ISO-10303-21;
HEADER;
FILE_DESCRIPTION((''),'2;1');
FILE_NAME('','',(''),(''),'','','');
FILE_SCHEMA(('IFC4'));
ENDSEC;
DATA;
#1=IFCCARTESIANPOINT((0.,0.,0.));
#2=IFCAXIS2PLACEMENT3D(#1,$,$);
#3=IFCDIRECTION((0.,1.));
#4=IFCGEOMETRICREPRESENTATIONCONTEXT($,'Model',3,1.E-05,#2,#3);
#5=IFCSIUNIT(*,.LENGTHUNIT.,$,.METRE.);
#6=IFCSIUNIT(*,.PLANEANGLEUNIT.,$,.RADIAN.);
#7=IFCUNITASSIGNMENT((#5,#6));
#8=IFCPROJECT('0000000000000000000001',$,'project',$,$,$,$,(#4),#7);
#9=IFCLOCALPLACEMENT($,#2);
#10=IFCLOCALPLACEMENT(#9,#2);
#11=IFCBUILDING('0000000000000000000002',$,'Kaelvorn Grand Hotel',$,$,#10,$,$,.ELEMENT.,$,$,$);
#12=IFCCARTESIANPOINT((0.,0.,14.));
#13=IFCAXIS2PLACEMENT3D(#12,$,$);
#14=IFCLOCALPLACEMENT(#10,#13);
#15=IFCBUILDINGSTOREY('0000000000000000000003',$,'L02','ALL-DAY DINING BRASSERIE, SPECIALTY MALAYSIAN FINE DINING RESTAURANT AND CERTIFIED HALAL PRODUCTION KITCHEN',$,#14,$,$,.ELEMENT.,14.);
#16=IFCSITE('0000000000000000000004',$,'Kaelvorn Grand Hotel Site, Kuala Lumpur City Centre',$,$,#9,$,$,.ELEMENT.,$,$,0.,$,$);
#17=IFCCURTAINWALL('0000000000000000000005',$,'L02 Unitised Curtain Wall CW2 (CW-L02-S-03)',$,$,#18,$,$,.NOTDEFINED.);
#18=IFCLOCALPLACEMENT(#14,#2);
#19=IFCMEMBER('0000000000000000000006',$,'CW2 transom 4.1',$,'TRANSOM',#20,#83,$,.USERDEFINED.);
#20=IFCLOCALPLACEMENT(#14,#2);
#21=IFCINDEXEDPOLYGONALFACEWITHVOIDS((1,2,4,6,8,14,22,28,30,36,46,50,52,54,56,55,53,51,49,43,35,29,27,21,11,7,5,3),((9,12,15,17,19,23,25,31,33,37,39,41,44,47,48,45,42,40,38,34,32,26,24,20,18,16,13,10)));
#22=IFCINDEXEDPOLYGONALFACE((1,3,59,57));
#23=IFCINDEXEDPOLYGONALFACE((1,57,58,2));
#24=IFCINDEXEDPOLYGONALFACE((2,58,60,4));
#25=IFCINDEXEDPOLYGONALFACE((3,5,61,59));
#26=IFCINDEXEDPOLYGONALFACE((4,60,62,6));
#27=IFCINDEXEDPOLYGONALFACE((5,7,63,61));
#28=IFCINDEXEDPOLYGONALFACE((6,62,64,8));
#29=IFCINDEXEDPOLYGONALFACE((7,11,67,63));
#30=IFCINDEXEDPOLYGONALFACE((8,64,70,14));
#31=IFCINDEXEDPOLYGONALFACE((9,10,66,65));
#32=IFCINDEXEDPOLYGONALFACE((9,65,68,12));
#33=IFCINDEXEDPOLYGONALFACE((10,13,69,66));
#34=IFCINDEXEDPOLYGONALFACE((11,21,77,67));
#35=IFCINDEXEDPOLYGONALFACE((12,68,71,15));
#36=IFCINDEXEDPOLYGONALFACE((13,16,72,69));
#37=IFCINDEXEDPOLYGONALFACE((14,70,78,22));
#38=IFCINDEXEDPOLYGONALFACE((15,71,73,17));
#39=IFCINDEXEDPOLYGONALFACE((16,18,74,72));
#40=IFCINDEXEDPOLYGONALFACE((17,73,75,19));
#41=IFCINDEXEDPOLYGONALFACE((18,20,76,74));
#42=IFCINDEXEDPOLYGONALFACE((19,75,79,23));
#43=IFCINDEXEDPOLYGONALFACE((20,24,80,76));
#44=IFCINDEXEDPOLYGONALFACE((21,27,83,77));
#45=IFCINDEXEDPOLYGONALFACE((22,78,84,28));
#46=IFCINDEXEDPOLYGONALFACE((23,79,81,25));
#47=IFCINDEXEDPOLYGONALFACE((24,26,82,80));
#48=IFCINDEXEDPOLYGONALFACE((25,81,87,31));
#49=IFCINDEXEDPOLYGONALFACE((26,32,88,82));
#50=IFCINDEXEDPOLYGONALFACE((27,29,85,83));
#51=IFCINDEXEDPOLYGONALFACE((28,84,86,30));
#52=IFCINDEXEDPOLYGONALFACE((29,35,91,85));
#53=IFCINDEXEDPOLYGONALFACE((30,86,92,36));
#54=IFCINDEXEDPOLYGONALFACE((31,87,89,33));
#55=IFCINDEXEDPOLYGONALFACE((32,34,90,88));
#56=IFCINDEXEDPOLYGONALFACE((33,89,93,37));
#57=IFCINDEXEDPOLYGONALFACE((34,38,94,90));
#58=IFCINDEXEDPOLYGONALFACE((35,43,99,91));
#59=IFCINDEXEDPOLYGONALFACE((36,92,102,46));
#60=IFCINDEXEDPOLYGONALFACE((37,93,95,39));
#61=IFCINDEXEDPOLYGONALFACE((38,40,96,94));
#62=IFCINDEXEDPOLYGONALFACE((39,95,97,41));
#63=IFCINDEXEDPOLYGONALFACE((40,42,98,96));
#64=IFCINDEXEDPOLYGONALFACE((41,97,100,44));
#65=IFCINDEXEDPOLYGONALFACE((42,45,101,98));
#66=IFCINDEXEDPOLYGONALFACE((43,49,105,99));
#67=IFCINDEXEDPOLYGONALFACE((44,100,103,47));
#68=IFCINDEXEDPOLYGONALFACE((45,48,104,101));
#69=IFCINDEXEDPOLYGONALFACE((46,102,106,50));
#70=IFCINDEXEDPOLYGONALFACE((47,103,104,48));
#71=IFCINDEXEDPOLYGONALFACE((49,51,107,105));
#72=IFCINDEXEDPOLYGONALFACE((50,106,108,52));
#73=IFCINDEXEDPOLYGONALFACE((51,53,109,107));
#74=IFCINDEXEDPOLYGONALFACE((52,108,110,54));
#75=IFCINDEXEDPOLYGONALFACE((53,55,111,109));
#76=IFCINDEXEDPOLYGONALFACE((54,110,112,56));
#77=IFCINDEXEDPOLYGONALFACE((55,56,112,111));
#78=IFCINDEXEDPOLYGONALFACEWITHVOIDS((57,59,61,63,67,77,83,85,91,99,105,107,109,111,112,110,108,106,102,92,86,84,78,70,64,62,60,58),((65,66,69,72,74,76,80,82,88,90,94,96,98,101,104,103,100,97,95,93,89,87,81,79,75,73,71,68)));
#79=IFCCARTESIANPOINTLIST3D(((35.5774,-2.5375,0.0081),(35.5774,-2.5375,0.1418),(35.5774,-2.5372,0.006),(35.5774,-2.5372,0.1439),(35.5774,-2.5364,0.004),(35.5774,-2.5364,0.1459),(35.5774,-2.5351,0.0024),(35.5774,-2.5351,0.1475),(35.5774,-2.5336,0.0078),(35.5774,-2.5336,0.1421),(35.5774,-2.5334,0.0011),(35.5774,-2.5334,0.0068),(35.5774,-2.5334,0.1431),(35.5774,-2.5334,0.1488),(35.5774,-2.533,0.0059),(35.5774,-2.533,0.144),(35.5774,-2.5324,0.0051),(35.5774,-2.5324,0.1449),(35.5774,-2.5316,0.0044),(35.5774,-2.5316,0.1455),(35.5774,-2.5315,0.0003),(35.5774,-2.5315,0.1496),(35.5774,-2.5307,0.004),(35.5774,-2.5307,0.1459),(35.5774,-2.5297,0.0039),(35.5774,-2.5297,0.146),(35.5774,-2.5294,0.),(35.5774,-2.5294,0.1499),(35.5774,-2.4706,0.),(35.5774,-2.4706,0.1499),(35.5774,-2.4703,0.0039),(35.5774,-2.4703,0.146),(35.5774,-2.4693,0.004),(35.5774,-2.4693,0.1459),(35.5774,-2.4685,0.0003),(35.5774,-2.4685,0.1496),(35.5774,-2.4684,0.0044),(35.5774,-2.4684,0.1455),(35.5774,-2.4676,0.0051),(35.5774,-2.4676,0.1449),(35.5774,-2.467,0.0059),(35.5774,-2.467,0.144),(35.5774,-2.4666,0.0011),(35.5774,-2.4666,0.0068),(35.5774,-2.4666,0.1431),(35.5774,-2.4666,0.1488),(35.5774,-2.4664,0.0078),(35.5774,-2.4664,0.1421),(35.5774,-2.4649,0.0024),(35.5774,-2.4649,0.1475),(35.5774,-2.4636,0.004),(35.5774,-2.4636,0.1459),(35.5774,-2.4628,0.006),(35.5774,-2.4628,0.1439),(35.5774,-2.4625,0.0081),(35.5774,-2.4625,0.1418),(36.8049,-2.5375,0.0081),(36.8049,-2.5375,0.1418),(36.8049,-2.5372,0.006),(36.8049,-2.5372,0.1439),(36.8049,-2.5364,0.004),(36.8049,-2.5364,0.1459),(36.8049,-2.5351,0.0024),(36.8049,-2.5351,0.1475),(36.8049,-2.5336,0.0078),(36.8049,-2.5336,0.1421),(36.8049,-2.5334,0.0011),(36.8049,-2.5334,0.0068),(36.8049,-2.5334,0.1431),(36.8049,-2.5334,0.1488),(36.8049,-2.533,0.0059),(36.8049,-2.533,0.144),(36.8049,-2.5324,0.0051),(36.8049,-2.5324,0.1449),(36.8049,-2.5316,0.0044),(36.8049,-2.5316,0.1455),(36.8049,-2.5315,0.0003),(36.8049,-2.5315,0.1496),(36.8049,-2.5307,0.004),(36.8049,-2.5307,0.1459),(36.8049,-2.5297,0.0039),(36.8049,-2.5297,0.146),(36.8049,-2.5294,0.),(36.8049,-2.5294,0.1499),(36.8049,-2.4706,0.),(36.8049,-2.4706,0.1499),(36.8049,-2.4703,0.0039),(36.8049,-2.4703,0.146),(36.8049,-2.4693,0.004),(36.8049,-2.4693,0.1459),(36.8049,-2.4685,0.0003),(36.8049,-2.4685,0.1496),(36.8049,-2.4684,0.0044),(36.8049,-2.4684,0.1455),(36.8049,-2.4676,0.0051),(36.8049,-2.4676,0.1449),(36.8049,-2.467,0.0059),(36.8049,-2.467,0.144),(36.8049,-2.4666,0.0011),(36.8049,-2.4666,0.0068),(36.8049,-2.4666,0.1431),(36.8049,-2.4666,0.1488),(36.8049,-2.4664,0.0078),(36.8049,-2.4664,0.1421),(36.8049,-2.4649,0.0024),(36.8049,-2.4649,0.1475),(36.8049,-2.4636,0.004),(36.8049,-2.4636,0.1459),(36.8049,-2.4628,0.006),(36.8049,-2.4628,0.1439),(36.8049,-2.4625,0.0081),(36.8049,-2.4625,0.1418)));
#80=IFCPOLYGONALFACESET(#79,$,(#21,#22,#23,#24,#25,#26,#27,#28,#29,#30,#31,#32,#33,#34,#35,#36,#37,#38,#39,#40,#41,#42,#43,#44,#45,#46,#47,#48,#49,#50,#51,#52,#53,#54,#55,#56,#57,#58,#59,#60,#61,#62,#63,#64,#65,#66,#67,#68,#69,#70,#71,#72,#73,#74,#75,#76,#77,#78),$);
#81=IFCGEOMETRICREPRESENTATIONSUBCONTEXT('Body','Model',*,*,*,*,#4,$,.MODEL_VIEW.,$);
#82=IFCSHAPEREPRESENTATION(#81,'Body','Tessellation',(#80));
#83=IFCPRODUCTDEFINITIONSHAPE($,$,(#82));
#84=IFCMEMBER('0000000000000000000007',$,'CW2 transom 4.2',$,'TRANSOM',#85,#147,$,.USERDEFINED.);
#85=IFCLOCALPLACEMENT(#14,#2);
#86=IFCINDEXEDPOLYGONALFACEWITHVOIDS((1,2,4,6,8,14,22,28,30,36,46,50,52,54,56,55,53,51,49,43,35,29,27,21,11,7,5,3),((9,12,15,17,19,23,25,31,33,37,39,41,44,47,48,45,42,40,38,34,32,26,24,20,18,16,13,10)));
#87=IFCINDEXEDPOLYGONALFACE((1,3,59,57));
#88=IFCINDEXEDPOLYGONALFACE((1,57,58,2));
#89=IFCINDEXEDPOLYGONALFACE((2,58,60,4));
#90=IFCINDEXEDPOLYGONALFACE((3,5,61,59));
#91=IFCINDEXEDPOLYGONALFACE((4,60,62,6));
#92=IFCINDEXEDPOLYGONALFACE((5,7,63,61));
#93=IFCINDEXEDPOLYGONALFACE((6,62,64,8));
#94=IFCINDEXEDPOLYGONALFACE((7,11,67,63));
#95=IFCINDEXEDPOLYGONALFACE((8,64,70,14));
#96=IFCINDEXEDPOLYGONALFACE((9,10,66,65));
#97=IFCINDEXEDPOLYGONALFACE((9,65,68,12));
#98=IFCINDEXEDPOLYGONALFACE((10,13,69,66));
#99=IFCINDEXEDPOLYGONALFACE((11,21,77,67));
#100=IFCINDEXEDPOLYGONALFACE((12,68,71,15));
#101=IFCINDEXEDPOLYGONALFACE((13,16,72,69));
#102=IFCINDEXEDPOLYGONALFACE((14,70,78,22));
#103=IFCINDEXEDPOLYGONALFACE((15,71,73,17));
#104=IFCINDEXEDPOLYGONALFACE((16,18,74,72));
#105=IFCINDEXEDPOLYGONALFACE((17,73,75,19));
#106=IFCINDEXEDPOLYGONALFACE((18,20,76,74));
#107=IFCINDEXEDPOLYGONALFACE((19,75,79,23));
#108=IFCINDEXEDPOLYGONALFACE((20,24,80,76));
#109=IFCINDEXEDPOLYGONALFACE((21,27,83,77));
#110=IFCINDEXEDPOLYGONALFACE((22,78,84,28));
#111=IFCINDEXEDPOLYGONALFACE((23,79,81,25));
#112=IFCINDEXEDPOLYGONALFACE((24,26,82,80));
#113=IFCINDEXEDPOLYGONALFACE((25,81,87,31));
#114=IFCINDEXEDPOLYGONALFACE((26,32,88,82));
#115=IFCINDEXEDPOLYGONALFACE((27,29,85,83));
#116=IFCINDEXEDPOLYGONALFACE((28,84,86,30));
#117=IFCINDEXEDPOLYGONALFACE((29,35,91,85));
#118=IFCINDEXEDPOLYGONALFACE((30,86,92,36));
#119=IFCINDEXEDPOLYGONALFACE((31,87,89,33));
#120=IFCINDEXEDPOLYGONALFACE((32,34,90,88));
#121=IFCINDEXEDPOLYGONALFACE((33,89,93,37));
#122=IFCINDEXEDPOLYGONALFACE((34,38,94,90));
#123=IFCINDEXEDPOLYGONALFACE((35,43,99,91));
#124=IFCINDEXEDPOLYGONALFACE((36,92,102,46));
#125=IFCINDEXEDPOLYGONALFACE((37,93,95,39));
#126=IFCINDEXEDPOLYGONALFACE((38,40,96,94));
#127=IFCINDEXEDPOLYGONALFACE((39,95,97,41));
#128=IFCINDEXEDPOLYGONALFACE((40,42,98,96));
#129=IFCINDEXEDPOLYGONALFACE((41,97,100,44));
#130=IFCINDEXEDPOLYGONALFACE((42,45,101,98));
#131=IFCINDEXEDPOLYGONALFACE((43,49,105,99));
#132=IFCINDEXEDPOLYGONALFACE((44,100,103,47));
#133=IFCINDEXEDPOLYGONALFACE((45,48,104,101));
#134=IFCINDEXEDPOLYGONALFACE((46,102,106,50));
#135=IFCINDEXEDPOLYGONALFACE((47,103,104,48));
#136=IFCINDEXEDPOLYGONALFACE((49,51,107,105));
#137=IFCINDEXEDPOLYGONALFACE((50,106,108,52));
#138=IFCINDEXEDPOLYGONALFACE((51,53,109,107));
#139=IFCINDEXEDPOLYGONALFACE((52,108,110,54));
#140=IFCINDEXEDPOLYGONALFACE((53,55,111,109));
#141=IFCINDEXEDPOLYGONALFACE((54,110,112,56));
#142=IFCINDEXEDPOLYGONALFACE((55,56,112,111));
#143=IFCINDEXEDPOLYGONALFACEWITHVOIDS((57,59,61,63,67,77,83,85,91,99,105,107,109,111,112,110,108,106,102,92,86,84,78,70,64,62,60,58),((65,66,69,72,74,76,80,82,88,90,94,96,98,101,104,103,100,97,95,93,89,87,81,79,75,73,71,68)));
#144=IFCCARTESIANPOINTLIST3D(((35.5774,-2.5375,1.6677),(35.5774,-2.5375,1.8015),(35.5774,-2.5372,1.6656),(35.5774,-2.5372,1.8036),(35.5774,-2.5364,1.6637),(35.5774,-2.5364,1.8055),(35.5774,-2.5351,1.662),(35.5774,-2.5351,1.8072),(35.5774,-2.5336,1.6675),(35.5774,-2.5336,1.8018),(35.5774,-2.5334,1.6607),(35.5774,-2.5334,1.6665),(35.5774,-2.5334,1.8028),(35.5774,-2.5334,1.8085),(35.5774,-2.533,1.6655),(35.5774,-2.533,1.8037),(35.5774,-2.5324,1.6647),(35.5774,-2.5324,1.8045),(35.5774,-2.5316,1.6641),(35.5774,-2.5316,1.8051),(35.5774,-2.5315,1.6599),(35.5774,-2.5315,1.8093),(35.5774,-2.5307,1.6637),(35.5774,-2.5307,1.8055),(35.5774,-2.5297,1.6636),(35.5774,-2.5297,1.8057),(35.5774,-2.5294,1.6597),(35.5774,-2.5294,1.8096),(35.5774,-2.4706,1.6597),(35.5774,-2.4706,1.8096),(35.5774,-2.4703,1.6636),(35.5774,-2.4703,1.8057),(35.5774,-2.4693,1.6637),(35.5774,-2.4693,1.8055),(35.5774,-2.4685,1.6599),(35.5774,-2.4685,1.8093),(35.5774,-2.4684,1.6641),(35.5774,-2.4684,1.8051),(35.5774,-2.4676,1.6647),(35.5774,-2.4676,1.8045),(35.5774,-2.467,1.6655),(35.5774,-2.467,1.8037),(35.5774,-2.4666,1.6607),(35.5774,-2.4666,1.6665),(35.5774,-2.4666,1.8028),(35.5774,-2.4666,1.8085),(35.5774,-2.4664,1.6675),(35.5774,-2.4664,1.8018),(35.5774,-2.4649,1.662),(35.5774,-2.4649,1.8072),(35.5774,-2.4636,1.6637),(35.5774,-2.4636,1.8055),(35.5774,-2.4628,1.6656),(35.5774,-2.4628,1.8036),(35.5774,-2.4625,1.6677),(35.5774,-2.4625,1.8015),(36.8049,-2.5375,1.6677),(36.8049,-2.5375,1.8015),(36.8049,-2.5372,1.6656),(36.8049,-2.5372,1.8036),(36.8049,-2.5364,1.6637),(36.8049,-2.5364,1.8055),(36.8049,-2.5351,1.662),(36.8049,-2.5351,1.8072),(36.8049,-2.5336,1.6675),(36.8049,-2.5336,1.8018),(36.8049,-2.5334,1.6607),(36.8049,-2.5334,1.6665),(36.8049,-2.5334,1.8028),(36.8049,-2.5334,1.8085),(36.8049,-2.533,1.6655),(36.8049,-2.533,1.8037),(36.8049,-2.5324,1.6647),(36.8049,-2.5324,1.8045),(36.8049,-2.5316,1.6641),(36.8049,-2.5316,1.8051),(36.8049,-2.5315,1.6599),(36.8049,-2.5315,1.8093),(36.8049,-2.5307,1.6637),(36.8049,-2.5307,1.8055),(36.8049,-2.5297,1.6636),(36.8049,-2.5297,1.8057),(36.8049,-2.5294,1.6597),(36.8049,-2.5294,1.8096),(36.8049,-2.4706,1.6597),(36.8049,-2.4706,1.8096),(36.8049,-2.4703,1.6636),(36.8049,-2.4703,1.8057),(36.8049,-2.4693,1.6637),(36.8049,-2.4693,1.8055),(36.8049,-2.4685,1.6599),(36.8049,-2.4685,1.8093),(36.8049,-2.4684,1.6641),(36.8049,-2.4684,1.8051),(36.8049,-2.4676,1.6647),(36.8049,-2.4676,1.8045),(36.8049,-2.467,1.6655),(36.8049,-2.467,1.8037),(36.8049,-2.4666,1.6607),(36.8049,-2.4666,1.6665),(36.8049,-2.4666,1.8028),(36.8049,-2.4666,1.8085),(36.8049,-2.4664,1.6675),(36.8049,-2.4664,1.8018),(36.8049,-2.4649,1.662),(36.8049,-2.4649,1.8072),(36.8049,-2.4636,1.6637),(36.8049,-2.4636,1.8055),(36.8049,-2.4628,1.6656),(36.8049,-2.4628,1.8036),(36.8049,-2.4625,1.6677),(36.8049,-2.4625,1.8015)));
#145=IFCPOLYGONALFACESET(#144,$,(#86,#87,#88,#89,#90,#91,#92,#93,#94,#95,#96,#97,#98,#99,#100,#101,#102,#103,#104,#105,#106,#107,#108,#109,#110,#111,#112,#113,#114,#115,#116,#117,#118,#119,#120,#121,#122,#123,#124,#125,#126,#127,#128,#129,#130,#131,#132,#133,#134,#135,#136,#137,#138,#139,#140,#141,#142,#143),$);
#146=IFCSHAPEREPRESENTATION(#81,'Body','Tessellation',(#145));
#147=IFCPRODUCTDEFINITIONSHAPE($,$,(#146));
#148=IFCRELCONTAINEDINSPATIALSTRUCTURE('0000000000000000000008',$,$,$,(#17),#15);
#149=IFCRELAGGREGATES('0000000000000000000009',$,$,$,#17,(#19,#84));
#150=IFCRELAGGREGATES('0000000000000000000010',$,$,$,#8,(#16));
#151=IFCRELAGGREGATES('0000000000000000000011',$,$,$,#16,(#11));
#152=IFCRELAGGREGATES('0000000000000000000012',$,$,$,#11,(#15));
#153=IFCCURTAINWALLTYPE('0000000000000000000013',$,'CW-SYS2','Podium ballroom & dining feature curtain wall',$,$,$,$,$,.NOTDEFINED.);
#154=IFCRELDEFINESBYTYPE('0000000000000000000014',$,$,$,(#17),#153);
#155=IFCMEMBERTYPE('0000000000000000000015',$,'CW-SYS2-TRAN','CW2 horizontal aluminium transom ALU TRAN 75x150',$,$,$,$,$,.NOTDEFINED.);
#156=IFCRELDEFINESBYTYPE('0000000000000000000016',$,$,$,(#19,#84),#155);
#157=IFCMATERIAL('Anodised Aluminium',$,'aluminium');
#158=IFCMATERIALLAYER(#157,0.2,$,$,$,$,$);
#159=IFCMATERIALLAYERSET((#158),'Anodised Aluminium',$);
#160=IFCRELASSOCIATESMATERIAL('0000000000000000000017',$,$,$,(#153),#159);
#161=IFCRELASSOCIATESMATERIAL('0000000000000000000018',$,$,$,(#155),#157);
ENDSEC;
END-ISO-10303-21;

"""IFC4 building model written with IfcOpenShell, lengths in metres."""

from ifc_helpers import new_model, si_unit, direction, frame, origin, origin_2d, place, context, subcontext, project, spatial, hollow_rectangle, extrude, material, layer, layer_set, material_profile, profile_set, type_object, element, aggregate, save


model = new_model("IFC4")

# Units and contexts
model_context = context("Model", 3, precision=1e-05, world=origin(), true_north=direction((0.0, 1.0)))
body_context = subcontext(model_context, "Body", "Model", "MODEL_VIEW")
ifc_project = project(units=[si_unit("LENGTHUNIT", "METRE"), si_unit("PLANEANGLEUNIT", "RADIAN")], contexts=[model_context])

# Site, building, storey
site_placement = place(None, origin())
site = spatial("IfcSite", under=ifc_project, at=site_placement, Name="Kaelvorn Grand Hotel Site, Kuala Lumpur City Centre", CompositionType="ELEMENT", RefElevation=0.0)
building_placement = place(site_placement, origin())
building = spatial("IfcBuilding", under=site, at=building_placement, Name="Kaelvorn Grand Hotel", CompositionType="ELEMENT")
storey_placement = place(building_placement, frame((0.0, 0.0, 14.0)))
storey = spatial("IfcBuildingStorey", under=building, at=storey_placement, Name="L02", Description="ALL-DAY DINING BRASSERIE, SPECIALTY MALAYSIAN FINE DINING RESTAURANT AND CERTIFIED HALAL PRODUCTION KITCHEN", CompositionType="ELEMENT", Elevation=14.0)

# Curtain wall, members
ifc_material_1 = material(Name="Anodised Aluminium", Category="aluminium")
ifc_layer_1 = layer(ifc_material_1, 0.2)
ifc_layer_set_1 = layer_set([ifc_layer_1], Name="Anodised Aluminium")
curtain_wall_type = type_object("IfcCurtainWallType", Name="CW-SYS2", Description="Podium ballroom & dining feature curtain wall", PredefinedType="NOTDEFINED", material=ifc_layer_set_1)
curtain_wall_placement = place(storey_placement, origin())
curtain_wall = element("IfcCurtainWall", 1, at=curtain_wall_placement, inside=storey, type_object=curtain_wall_type, Name="L02 Unitised Curtain Wall CW2 (CW-L02-S-03)", PredefinedType="NOTDEFINED")
ifc_material_profile_1 = material_profile(ifc_material_1, hollow_rectangle(XDim=0.075, YDim=0.1499, WallThickness=0.0039, InnerFilletRadius=0.0039, OuterFilletRadius=0.0081, at=origin_2d()), Name="ALU TRAN 75x150")
ifc_profile_set_1 = profile_set([ifc_material_profile_1], Name="Anodised Aluminium")
member_type_1 = type_object("IfcMemberType", Name="CW-SYS2-TRAN", Description="CW2 horizontal aluminium transom ALU TRAN 75x150", PredefinedType="NOTDEFINED", material=ifc_profile_set_1)
member_1_placement = place(storey_placement, frame((35.5774, -2.5, 0.075), z_axis=(1.0, 0.0, 0.0), x_axis=(0.0, 1.0, 0.0)))
member_1 = element("IfcMember", 2, at=member_1_placement, type_object=member_type_1, Name="CW2 transom 4.1", ObjectType="TRANSOM", PredefinedType="USERDEFINED", context=body_context, shape_type="SweptSolid", body=[
    extrude(hollow_rectangle(XDim=0.075, YDim=0.1499, WallThickness=0.0039, InnerFilletRadius=0.0039, OuterFilletRadius=0.0081, at=origin_2d()), origin(), (0.0, 0.0, 1.0), 1.2275),
])
member_2_placement = place(storey_placement, frame((35.5774, -2.5, 1.7346), z_axis=(1.0, 0.0, 0.0), x_axis=(0.0, 1.0, 0.0)))
member_2 = element("IfcMember", 3, at=member_2_placement, type_object=member_type_1, Name="CW2 transom 4.2", ObjectType="TRANSOM", PredefinedType="USERDEFINED", context=body_context, shape_type="SweptSolid", body=[
    extrude(hollow_rectangle(XDim=0.075, YDim=0.1499, WallThickness=0.0039, InnerFilletRadius=0.0039, OuterFilletRadius=0.0081, at=origin_2d()), origin(), (0.0, 0.0, 1.0), 1.2275),
])
aggregate(curtain_wall, [member_1, member_2])

save(model, "model.ifc")
